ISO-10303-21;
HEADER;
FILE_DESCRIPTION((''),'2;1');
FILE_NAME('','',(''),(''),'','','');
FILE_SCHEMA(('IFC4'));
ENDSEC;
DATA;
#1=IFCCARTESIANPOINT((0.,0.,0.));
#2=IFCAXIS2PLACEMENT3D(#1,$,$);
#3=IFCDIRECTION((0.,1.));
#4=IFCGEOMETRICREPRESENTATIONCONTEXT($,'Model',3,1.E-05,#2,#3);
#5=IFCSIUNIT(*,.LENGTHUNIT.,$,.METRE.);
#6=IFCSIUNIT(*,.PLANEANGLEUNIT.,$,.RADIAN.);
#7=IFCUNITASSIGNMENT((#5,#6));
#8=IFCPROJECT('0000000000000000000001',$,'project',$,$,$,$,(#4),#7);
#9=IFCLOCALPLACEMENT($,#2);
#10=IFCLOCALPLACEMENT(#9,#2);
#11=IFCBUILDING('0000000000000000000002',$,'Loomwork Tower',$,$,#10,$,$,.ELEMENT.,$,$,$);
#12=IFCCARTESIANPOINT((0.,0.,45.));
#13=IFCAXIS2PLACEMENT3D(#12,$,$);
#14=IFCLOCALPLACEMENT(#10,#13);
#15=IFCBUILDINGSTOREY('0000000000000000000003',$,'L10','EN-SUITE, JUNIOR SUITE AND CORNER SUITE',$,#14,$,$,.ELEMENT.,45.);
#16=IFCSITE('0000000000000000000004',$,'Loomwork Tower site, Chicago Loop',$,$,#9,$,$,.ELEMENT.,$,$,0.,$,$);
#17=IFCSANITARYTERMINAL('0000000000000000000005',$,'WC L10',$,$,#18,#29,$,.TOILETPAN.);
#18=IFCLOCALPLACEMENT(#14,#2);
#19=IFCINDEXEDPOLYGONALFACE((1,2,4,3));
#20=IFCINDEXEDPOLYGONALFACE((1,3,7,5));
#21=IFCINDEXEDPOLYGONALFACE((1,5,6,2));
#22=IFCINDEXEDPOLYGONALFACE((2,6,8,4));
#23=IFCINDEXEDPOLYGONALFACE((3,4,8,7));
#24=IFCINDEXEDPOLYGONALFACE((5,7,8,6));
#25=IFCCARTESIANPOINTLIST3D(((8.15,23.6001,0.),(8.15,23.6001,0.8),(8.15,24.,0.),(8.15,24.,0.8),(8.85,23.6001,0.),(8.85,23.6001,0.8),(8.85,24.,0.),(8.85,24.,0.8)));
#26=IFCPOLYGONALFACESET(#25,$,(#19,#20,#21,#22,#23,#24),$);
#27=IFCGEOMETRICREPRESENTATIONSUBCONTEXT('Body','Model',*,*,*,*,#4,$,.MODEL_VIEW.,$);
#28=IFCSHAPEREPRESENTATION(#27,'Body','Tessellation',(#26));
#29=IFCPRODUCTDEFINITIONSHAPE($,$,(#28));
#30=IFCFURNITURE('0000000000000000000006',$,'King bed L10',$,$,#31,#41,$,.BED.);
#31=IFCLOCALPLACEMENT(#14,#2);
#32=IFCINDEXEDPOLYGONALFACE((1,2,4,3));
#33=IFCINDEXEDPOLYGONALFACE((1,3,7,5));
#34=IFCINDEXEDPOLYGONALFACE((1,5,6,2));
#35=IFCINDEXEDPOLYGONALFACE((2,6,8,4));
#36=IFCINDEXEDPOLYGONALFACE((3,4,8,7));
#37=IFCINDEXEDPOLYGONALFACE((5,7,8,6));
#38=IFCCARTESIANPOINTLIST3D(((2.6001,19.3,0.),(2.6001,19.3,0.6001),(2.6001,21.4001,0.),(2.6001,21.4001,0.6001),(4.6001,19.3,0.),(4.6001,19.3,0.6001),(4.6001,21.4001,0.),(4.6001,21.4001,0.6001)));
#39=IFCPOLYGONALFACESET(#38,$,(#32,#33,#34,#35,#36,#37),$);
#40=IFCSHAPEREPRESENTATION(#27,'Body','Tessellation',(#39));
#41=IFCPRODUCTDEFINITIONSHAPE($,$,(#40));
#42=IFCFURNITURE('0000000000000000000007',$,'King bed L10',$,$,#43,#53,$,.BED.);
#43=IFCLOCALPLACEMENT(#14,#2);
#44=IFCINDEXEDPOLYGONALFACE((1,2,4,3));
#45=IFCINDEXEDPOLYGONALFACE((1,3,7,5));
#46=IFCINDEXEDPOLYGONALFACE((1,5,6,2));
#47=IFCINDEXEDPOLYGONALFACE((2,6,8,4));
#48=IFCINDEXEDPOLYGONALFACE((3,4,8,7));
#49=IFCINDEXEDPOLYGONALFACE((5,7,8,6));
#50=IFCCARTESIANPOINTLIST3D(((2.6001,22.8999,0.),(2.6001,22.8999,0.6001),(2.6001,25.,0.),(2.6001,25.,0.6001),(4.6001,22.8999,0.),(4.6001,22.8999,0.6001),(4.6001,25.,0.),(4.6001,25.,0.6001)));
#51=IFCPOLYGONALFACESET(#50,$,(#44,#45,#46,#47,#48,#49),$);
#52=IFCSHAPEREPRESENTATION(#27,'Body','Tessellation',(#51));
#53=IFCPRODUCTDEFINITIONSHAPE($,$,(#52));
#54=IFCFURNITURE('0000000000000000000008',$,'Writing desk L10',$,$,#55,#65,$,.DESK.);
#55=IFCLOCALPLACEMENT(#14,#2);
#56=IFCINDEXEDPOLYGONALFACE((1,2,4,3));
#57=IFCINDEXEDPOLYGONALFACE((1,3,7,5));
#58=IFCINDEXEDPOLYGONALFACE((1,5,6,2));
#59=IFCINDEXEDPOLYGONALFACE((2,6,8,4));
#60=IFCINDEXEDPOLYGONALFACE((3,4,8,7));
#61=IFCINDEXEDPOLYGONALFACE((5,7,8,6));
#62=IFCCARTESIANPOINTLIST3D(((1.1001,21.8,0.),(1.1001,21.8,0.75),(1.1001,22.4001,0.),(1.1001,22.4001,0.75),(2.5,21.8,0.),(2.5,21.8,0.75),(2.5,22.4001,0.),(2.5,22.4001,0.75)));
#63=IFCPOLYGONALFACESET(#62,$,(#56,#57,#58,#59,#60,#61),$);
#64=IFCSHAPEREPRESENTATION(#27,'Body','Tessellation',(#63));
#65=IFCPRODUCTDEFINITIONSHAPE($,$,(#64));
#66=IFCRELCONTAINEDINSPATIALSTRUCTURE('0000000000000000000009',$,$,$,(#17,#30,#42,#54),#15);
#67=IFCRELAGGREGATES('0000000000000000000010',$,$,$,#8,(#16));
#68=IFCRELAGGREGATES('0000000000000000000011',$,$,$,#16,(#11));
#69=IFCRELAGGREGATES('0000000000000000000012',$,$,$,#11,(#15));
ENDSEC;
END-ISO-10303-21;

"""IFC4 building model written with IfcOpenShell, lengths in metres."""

from ifc_helpers import new_model, si_unit, direction, frame, origin, origin_2d, place, context, subcontext, project, spatial, rectangle, extrude, element, save


model = new_model("IFC4")

# Units and contexts
model_context = context("Model", 3, precision=1e-05, world=origin(), true_north=direction((0.0, 1.0)))
body_context = subcontext(model_context, "Body", "Model", "MODEL_VIEW")
ifc_project = project(units=[si_unit("LENGTHUNIT", "METRE"), si_unit("PLANEANGLEUNIT", "RADIAN")], contexts=[model_context])

# Site, building, storey
site_placement = place(None, origin())
site = spatial("IfcSite", under=ifc_project, at=site_placement, Name="Loomwork Tower site, Chicago Loop", CompositionType="ELEMENT", RefElevation=0.0)
building_placement = place(site_placement, origin())
building = spatial("IfcBuilding", under=site, at=building_placement, Name="Loomwork Tower", CompositionType="ELEMENT")
storey_placement = place(building_placement, frame((0.0, 0.0, 45.0)))
storey = spatial("IfcBuildingStorey", under=building, at=storey_placement, Name="L10", Description="EN-SUITE, JUNIOR SUITE AND CORNER SUITE", CompositionType="ELEMENT", Elevation=45.0)

# Sanitary terminal
sanitary_terminal_1_placement = place(storey_placement, frame((8.5, 23.8, 0.0), z_axis=(0.0, 0.0, 1.0), x_axis=(1.0, 0.0, 0.0)))
element("IfcSanitaryTerminal", 1, at=sanitary_terminal_1_placement, inside=storey, Name="WC L10", PredefinedType="TOILETPAN", context=body_context, shape_type="SweptSolid", body=[
    extrude(rectangle(XDim=0.7, YDim=0.3999, at=origin_2d()), origin(), (0.0, 0.0, 1.0), 0.8),
])

# Furniture
for number, where, z_axis, x_axis, name in (
    (2, (3.6001, 20.3501, 0.0), (0.0, 0.0, 1.0), (1.0, 0.0, 0.0), "King bed L10"),
    (3, (3.6001, 23.95, 0.0), (0.0, 0.0, 1.0), (1.0, 0.0, 0.0), "King bed L10"),
):
    element("IfcFurniture", number, at=place(storey_placement, frame(where, z_axis=z_axis, x_axis=x_axis)), inside=storey, Name=name, PredefinedType="BED", context=body_context, shape_type="SweptSolid", body=[
        extrude(rectangle(XDim=2.0, YDim=2.1001, at=origin_2d()), origin(), (0.0, 0.0, 1.0), 0.6001),
    ])
furniture_placement = place(storey_placement, frame((1.8, 22.1001, 0.0), z_axis=(0.0, 0.0, 1.0), x_axis=(1.0, 0.0, 0.0)))
element("IfcFurniture", 4, at=furniture_placement, inside=storey, Name="Writing desk L10", PredefinedType="DESK", context=body_context, shape_type="SweptSolid", body=[
    extrude(rectangle(XDim=1.3999, YDim=0.6001, at=origin_2d()), origin(), (0.0, 0.0, 1.0), 0.75),
])

save(model, "model.ifc")
